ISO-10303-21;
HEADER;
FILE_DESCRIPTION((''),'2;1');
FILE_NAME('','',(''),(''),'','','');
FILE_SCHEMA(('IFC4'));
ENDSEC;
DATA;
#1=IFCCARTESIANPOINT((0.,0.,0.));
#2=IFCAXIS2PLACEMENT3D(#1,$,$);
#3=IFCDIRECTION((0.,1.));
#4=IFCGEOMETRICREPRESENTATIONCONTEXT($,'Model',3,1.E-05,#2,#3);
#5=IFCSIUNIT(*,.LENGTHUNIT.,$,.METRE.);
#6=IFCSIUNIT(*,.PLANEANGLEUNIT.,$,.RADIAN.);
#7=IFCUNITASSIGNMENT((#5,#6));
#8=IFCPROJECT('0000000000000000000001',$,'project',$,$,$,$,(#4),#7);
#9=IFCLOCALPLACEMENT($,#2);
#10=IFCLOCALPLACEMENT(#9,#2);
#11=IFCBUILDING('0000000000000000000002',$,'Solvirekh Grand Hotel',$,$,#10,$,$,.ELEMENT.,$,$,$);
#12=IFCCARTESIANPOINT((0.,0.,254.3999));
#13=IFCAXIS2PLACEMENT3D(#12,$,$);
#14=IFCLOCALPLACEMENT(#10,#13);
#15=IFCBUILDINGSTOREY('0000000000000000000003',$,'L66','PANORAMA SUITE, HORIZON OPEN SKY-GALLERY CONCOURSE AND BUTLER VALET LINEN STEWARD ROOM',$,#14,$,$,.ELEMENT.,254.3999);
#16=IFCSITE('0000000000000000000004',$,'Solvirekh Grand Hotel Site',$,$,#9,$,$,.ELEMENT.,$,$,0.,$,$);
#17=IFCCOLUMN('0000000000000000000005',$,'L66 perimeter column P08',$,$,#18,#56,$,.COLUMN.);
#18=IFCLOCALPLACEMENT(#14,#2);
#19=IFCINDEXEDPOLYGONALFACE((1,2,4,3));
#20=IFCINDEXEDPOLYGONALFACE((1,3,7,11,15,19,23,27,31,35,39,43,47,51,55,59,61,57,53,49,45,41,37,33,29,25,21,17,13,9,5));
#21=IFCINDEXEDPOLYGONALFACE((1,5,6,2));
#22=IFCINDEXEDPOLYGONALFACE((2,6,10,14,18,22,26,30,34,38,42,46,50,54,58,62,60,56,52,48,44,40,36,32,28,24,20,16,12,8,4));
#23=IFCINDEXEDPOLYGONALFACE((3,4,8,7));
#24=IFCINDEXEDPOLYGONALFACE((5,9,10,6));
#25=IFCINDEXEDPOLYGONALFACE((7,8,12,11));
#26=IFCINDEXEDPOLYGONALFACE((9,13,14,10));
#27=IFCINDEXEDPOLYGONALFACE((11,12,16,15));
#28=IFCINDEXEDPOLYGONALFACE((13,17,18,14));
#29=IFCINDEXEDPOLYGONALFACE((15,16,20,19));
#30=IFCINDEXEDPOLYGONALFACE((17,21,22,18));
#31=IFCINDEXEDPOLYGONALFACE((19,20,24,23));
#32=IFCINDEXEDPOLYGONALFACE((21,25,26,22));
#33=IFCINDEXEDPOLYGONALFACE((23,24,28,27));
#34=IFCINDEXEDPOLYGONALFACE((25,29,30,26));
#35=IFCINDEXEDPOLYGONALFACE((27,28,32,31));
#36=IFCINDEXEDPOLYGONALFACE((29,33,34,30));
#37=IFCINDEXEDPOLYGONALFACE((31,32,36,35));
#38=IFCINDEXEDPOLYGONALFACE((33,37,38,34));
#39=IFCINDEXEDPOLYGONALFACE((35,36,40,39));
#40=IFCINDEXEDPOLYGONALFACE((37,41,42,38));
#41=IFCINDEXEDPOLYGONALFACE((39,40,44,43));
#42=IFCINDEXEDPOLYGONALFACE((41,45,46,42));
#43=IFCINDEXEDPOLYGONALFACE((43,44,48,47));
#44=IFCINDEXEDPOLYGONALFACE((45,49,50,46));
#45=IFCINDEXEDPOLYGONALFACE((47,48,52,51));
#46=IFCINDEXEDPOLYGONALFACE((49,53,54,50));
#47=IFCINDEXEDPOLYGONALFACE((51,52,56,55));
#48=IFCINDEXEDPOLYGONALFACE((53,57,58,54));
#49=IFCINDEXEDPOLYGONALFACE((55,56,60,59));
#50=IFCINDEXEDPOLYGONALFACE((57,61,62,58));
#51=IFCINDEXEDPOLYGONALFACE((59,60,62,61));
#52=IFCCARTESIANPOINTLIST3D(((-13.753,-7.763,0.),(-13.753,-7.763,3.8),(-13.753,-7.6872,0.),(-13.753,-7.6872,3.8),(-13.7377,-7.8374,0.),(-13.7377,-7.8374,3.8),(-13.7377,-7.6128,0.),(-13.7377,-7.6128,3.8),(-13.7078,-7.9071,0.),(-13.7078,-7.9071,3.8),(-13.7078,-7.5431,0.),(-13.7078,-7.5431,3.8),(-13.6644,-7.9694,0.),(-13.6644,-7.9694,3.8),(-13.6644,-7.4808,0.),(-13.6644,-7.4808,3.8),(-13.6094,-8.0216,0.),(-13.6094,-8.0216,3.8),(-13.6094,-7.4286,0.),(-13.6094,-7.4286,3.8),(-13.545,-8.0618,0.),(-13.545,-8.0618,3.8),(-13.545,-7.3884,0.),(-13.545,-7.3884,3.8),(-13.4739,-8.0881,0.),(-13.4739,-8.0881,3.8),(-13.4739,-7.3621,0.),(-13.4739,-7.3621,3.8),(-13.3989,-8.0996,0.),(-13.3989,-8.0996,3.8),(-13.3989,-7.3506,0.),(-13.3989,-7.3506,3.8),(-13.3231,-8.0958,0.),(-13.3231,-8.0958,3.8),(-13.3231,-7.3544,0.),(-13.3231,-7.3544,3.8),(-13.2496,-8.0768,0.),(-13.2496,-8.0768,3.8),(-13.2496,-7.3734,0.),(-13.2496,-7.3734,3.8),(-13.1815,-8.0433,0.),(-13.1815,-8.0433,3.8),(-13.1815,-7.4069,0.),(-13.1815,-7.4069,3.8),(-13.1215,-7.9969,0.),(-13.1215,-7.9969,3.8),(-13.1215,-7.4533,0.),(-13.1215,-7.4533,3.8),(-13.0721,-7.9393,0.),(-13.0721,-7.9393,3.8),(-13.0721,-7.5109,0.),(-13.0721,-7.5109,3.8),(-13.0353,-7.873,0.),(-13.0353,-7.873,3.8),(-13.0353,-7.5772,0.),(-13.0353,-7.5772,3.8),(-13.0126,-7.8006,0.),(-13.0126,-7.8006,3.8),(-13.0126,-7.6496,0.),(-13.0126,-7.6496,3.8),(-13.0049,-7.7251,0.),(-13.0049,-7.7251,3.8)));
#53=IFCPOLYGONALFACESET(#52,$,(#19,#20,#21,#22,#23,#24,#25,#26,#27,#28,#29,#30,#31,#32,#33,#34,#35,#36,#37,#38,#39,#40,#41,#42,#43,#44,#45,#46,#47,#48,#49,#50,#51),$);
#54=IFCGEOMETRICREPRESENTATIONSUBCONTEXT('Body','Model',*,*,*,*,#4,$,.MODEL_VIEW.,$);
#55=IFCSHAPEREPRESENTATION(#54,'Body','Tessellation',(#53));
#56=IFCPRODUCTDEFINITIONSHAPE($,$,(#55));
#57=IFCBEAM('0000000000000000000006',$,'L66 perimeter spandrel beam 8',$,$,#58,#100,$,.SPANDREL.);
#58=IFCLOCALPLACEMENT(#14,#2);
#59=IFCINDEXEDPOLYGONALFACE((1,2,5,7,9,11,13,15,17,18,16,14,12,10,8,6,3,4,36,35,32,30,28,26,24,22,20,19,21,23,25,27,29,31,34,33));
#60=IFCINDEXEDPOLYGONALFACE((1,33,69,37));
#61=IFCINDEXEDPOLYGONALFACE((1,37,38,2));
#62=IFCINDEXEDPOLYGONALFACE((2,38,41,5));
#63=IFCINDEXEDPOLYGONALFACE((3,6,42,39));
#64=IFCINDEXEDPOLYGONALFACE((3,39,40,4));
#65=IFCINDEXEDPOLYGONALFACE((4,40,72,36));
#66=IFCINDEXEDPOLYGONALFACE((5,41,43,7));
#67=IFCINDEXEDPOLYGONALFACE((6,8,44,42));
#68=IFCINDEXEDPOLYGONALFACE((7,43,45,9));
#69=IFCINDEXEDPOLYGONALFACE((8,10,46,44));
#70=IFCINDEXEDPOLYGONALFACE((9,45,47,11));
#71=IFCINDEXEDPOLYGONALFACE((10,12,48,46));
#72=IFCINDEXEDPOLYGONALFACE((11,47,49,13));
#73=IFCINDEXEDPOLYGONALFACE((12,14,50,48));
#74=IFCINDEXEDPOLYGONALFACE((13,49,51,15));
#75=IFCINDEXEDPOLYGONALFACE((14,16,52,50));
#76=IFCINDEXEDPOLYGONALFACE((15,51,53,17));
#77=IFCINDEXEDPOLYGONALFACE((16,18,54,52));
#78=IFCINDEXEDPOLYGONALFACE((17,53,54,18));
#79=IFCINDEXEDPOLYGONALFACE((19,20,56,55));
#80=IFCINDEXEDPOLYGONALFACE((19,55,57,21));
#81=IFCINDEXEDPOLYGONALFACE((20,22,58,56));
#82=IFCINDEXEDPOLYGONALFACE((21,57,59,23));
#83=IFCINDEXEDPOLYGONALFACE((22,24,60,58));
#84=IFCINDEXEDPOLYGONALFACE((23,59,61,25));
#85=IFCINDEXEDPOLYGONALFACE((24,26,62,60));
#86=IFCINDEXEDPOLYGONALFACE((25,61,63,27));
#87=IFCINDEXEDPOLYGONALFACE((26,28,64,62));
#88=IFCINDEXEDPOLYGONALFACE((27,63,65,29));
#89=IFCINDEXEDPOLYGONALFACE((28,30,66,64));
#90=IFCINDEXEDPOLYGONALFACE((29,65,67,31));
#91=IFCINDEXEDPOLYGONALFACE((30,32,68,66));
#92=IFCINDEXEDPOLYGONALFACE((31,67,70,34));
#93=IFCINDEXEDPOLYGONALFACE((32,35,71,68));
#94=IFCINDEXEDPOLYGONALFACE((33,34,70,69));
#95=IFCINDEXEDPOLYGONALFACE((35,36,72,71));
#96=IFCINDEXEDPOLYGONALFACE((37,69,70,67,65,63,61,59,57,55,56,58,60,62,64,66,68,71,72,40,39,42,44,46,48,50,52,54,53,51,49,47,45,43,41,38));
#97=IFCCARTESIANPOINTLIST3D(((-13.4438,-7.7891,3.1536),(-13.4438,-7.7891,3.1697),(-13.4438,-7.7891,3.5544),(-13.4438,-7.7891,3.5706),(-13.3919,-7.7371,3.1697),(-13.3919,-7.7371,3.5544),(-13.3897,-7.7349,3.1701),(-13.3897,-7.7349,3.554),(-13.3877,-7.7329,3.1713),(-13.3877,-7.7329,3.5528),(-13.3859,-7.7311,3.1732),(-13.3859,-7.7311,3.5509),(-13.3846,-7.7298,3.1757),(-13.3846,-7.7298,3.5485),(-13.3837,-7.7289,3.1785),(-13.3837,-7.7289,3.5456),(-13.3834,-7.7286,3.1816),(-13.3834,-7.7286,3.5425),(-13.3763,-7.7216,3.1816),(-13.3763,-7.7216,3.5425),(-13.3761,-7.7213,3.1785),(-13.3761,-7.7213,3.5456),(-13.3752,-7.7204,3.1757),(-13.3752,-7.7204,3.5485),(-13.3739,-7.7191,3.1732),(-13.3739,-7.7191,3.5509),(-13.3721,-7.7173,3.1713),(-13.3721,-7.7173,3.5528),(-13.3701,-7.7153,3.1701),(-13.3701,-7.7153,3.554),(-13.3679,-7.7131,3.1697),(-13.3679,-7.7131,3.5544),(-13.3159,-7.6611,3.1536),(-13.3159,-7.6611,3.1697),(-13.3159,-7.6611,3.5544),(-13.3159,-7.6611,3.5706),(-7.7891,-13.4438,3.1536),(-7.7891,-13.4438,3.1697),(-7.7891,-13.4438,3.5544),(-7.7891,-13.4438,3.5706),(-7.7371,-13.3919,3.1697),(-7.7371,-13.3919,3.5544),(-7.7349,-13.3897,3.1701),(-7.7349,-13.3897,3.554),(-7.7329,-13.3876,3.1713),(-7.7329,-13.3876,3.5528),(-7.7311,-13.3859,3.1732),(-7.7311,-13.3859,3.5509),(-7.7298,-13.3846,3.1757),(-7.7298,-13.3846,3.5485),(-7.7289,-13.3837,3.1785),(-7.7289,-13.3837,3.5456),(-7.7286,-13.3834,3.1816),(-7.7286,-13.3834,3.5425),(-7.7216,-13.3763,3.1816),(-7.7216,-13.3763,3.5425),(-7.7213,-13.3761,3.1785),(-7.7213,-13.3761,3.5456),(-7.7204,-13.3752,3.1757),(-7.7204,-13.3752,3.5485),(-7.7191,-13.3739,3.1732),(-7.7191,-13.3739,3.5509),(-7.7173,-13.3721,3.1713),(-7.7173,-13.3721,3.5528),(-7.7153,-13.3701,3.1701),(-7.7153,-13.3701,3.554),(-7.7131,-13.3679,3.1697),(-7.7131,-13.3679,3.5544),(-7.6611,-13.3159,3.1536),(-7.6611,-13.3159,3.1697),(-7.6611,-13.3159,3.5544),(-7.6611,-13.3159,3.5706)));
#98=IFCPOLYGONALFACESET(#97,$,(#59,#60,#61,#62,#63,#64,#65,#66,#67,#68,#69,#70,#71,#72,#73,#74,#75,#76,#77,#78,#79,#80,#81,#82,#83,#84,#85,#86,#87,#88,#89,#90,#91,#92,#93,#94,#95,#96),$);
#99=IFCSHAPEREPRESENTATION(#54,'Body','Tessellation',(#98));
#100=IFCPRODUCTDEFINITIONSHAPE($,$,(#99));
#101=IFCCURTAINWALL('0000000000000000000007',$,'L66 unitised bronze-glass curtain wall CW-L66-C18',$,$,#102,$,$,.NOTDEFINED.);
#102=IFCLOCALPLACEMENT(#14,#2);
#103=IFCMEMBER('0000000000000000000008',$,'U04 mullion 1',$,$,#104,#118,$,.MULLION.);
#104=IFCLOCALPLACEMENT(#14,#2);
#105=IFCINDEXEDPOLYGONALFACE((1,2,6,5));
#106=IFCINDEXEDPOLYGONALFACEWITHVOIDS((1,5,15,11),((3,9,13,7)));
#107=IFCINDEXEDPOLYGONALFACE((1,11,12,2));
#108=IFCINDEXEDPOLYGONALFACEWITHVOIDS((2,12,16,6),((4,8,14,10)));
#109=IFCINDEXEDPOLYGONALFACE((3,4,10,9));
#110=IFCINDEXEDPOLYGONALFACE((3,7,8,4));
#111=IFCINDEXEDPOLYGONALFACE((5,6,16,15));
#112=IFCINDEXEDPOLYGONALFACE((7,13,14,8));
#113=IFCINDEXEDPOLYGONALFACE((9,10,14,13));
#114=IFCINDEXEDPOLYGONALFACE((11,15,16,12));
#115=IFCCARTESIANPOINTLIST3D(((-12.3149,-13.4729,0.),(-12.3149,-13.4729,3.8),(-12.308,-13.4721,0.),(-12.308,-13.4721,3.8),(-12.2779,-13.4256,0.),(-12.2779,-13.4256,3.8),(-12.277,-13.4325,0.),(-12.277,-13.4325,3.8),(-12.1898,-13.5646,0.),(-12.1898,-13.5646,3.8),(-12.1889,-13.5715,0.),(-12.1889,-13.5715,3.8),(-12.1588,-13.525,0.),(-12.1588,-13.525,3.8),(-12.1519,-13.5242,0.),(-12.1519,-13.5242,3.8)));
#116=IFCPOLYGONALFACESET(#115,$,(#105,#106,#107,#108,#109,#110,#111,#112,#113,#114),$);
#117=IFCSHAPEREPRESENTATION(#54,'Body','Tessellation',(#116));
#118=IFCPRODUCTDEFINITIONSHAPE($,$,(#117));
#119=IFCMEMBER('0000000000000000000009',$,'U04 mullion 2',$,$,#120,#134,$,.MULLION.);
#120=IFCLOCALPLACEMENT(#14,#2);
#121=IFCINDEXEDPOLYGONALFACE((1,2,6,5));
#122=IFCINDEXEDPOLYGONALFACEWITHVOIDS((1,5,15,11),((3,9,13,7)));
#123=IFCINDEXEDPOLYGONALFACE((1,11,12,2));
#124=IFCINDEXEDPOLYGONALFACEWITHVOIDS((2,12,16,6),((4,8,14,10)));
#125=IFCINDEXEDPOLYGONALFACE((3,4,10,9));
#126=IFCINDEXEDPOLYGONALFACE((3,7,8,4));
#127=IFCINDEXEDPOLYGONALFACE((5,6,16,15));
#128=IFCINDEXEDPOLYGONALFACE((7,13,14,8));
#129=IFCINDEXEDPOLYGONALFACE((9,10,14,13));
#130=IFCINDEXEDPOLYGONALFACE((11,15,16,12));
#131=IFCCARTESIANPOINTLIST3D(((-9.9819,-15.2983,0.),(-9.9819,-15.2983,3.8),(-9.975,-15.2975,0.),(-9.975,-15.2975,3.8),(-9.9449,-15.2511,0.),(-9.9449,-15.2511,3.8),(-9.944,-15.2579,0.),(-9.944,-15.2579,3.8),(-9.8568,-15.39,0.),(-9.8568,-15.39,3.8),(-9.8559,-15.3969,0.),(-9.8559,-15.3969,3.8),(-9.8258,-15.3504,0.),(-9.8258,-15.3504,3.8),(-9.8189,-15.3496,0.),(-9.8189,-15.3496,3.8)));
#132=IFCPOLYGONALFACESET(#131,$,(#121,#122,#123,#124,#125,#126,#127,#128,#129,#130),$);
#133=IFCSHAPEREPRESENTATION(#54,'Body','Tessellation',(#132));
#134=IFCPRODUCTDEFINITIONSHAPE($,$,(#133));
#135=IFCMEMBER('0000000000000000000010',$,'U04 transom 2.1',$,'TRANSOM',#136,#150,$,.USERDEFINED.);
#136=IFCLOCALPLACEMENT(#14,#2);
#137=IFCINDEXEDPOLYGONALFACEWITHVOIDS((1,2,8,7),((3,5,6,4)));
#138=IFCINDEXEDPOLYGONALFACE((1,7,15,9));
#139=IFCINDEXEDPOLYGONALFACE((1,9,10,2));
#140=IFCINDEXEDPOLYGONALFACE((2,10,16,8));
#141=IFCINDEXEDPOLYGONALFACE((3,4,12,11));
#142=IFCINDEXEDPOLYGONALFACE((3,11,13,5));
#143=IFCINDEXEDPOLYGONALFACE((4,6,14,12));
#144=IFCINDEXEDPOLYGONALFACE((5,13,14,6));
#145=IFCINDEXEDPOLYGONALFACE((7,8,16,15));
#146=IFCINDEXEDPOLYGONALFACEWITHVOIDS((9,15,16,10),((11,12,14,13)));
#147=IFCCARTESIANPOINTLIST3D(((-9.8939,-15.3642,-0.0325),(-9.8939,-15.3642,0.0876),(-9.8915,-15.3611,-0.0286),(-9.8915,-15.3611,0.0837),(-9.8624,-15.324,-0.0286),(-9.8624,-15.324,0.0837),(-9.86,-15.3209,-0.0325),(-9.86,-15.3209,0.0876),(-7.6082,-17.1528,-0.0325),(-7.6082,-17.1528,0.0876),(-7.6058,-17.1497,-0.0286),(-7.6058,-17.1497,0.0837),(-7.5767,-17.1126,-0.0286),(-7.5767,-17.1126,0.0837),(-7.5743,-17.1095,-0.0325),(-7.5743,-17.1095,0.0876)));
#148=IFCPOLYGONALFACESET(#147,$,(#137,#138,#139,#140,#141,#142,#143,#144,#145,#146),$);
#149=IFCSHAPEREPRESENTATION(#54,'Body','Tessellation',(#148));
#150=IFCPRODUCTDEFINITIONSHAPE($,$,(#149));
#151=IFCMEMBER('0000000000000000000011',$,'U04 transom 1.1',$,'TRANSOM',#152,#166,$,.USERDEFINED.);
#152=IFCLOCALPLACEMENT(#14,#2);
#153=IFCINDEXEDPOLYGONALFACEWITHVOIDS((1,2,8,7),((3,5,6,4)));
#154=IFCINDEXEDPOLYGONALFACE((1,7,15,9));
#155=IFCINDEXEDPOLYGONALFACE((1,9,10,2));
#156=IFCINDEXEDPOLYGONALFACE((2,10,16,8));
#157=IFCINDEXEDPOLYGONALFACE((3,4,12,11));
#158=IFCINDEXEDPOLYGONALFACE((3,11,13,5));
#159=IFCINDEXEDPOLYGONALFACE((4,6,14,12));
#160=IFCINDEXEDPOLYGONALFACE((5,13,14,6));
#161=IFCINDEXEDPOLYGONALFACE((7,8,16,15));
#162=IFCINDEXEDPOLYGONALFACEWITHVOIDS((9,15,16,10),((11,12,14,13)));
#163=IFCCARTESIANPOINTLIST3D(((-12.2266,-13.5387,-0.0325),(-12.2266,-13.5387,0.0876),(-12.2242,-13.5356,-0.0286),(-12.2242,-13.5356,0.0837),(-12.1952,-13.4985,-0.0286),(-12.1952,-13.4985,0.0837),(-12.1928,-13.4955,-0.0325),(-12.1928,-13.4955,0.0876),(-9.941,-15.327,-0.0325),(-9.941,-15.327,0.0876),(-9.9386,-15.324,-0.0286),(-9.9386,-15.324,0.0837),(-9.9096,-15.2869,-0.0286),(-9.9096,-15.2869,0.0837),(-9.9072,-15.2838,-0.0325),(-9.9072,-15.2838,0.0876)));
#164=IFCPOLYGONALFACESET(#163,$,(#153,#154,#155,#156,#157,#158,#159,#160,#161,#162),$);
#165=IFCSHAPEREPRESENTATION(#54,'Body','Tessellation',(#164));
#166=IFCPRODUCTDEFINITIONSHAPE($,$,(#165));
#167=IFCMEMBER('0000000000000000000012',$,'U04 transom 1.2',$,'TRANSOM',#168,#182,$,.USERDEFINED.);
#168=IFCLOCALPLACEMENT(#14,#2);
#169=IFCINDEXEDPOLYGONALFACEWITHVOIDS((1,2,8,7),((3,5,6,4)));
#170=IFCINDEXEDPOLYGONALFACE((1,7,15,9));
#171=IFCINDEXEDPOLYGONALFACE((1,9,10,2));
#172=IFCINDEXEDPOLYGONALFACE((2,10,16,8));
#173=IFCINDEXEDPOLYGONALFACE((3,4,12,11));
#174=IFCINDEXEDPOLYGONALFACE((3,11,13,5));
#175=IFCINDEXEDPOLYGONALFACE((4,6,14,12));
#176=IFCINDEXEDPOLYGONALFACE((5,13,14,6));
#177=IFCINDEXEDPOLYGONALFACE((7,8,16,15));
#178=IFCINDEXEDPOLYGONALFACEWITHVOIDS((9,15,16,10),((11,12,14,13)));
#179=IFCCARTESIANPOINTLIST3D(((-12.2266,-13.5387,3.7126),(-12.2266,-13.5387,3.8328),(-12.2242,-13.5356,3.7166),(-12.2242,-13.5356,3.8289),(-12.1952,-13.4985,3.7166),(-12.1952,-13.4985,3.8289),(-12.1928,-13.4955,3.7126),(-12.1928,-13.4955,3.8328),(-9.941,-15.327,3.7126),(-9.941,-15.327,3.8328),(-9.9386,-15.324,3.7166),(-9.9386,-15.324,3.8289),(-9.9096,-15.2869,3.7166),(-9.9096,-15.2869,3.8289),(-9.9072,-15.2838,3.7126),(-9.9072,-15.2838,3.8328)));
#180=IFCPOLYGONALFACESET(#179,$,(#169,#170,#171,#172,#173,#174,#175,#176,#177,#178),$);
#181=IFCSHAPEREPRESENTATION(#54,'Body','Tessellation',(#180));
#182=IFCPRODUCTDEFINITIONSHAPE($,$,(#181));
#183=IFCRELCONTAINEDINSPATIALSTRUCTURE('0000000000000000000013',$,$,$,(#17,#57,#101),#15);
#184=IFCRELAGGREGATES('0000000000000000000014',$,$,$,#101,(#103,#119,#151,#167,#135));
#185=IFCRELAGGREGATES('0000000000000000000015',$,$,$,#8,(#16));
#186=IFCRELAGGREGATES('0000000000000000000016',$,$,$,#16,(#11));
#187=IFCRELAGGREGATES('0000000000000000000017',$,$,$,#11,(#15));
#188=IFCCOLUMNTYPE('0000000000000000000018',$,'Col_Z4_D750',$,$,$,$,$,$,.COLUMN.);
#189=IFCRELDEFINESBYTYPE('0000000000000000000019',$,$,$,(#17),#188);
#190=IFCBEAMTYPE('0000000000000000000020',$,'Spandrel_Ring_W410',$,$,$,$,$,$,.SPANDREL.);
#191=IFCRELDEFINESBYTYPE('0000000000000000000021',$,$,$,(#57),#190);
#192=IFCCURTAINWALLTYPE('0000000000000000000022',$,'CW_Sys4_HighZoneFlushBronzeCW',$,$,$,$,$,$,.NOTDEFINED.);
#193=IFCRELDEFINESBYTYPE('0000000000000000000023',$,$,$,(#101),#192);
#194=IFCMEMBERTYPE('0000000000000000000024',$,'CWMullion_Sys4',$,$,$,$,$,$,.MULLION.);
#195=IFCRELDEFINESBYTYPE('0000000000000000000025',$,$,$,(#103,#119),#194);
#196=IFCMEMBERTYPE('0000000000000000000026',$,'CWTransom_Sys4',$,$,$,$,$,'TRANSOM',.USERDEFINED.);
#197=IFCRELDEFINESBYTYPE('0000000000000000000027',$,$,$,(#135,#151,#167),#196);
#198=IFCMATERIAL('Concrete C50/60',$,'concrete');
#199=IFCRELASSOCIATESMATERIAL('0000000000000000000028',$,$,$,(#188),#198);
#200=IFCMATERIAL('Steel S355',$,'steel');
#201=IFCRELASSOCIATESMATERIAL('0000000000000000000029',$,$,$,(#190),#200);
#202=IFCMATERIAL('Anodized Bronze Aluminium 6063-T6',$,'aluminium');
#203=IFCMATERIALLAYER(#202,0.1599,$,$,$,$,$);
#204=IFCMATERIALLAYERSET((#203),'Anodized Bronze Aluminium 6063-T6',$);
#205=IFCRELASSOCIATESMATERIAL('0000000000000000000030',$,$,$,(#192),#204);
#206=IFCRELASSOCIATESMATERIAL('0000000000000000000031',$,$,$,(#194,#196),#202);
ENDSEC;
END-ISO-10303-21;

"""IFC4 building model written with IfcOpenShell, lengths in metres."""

from ifc_helpers import new_model, si_unit, direction, frame, origin, origin_2d, place, context, subcontext, project, spatial, hollow_rectangle, circle, i_section, extrude, source, transform, mapped, material, layer, layer_set, material_profile, profile_set, type_object, element, aggregate, save


model = new_model("IFC4")

# Units and contexts
model_context = context("Model", 3, precision=1e-05, world=origin(), true_north=direction((0.0, 1.0)))
body_context = subcontext(model_context, "Body", "Model", "MODEL_VIEW")
ifc_project = project(units=[si_unit("LENGTHUNIT", "METRE"), si_unit("PLANEANGLEUNIT", "RADIAN")], contexts=[model_context])

# Site, building, storey
site_placement = place(None, origin())
site = spatial("IfcSite", under=ifc_project, at=site_placement, Name="Solvirekh Grand Hotel Site", CompositionType="ELEMENT", RefElevation=0.0)
building_placement = place(site_placement, origin())
building = spatial("IfcBuilding", under=site, at=building_placement, Name="Solvirekh Grand Hotel", CompositionType="ELEMENT")
storey_placement = place(building_placement, frame((0.0, 0.0, 254.3999)))
storey = spatial("IfcBuildingStorey", under=building, at=storey_placement, Name="L66", Description="PANORAMA SUITE, HORIZON OPEN SKY-GALLERY CONCOURSE AND BUTLER VALET LINEN STEWARD ROOM", CompositionType="ELEMENT", Elevation=254.3999)

# Column
ifc_material_1 = material(Name="Concrete C50/60", Category="concrete")
ifc_material_profile_1 = material_profile(ifc_material_1, circle(Radius=0.375, at=origin_2d()), Name="RC CIRC D750")
ifc_profile_set_1 = profile_set([ifc_material_profile_1], Name="Concrete C50/60")
column_type = type_object("IfcColumnType", Name="Col_Z4_D750", PredefinedType="COLUMN", material=ifc_profile_set_1)
column_placement = place(storey_placement, frame((-13.3799, -7.7251, 0.0), z_axis=(0.0, 0.0, 1.0), x_axis=(1.0, 0.0, 0.0)))
element("IfcColumn", 1, at=column_placement, inside=storey, type_object=column_type, Name="L66 perimeter column P08", PredefinedType="COLUMN", context=body_context, shape_type="SweptSolid", body=[
    extrude(circle(Radius=0.375, at=origin_2d()), origin(), (0.0, 0.0, 1.0), 3.8),
])

# Beam
ifc_material_2 = material(Name="Steel S355", Category="steel")
ifc_material_profile_2 = material_profile(ifc_material_2, i_section(OverallWidth=0.1809, OverallDepth=0.417, WebThickness=0.01, FlangeThickness=0.0161, FilletRadius=0.012, at=origin_2d()), Name="W410X85")
ifc_profile_set_2 = profile_set([ifc_material_profile_2], Name="Steel S355")
beam_type = type_object("IfcBeamType", Name="Spandrel_Ring_W410", PredefinedType="SPANDREL", material=ifc_profile_set_2)
beam_placement = place(storey_placement, frame((-13.3799, -7.7251, 3.3621), z_axis=(0.707107, -0.707107, 0.0), x_axis=(0.707107, 0.707107, 0.0)))
element("IfcBeam", 2, at=beam_placement, inside=storey, type_object=beam_type, Name="L66 perimeter spandrel beam 8", PredefinedType="SPANDREL", context=body_context, shape_type="SweptSolid", body=[
    extrude(i_section(OverallWidth=0.1809, OverallDepth=0.417, WebThickness=0.01, FlangeThickness=0.0161, FilletRadius=0.012, at=origin_2d()), origin(), (0.0, 0.0, 1.0), 7.9971),
])

# Curtain wall, members
ifc_material_3 = material(Name="Anodized Bronze Aluminium 6063-T6", Category="aluminium")
ifc_layer_1 = layer(ifc_material_3, 0.1599)
ifc_layer_set_1 = layer_set([ifc_layer_1], Name="Anodized Bronze Aluminium 6063-T6")
curtain_wall_type = type_object("IfcCurtainWallType", Name="CW_Sys4_HighZoneFlushBronzeCW", PredefinedType="NOTDEFINED", material=ifc_layer_set_1)
curtain_wall_placement = place(storey_placement, origin())
curtain_wall = element("IfcCurtainWall", 3, at=curtain_wall_placement, inside=storey, type_object=curtain_wall_type, Name="L66 unitised bronze-glass curtain wall CW-L66-C18", PredefinedType="NOTDEFINED")
ifc_material_profile_3 = material_profile(ifc_material_3, hollow_rectangle(XDim=0.0601, YDim=0.1599, WallThickness=0.0049, at=origin_2d()), Name="ALU RHS 160X60X5")
ifc_profile_set_3 = profile_set([ifc_material_profile_3], Name="Anodized Bronze Aluminium 6063-T6")
member_type_1 = type_object("IfcMemberType", Name="CWMullion_Sys4", PredefinedType="MULLION", material=ifc_profile_set_3)
shared_shape_1 = source(origin(), body_context, "Body", "SweptSolid", [
    extrude(hollow_rectangle(XDim=0.0601, YDim=0.1599, WallThickness=0.0049, at=origin_2d()), origin(), (0.0, 0.0, 1.0), 3.8),
])
member_1_placement = place(storey_placement, frame((-12.2334, -13.4985, 0.0), z_axis=(0.0, 0.0, 1.0), x_axis=(0.616263, 0.78754, 0.0)))
member_1 = element("IfcMember", 4, at=member_1_placement, type_object=member_type_1, Name="U04 mullion 1", PredefinedType="MULLION", context=body_context, shape_type="MappedRepresentation", body=[
    mapped(shared_shape_1, transform((0.0, 0.0, 0.0), x_axis=(1.0, 0.0, 0.0), y_axis=(0.0, 1.0, 0.0), z_axis=(0.0, 0.0, 1.0), scale=1.0)),
])
member_2_placement = place(storey_placement, frame((-9.9004, -15.324, 0.0), z_axis=(0.0, 0.0, 1.0), x_axis=(0.616263, 0.78754, 0.0)))
member_2 = element("IfcMember", 5, at=member_2_placement, type_object=member_type_1, Name="U04 mullion 2", PredefinedType="MULLION", context=body_context, shape_type="MappedRepresentation", body=[
    mapped(shared_shape_1, transform((0.0, 0.0, 0.0), x_axis=(1.0, 0.0, 0.0), y_axis=(0.0, 1.0, 0.0), z_axis=(0.0, 0.0, 1.0), scale=1.0)),
])
ifc_material_profile_4 = material_profile(ifc_material_3, hollow_rectangle(XDim=0.0549, YDim=0.1201, WallThickness=0.0039, at=origin_2d()), Name="ALU RHS 120X55X4")
ifc_profile_set_4 = profile_set([ifc_material_profile_4], Name="Anodized Bronze Aluminium 6063-T6")
member_type_2 = type_object("IfcMemberType", Name="CWTransom_Sys4", ElementType="TRANSOM", PredefinedType="USERDEFINED", material=ifc_profile_set_4)
shared_shape_2 = source(origin(), body_context, "Body", "SweptSolid", [
    extrude(hollow_rectangle(XDim=0.0549, YDim=0.1201, WallThickness=0.0039, at=origin_2d()), origin(), (0.0, 0.0, 1.0), 2.9023),
])
member_3_placement = place(storey_placement, frame((-9.877, -15.3425, 0.0276), z_axis=(0.787537, -0.616267, 0.0), x_axis=(0.616267, 0.787537, 0.0)))
member_3 = element("IfcMember", 6, at=member_3_placement, type_object=member_type_2, Name="U04 transom 2.1", ObjectType="TRANSOM", PredefinedType="USERDEFINED", context=body_context, shape_type="MappedRepresentation", body=[
    mapped(shared_shape_2, transform((0.0, 0.0, 0.0), x_axis=(1.0, 0.0, 0.0), y_axis=(0.0, 1.0, 0.0), z_axis=(0.0, 0.0, 1.0), scale=1.0)),
])
shared_shape_3 = source(origin(), body_context, "Body", "SweptSolid", [
    extrude(hollow_rectangle(XDim=0.0549, YDim=0.1201, WallThickness=0.0039, at=origin_2d()), origin(), (0.0, 0.0, 1.0), 2.9021),
])
member_4_placement = place(storey_placement, frame((-12.2097, -13.5171, 0.0276), z_axis=(0.787578, -0.616215, 0.0), x_axis=(0.616215, 0.787578, 0.0)))
member_4 = element("IfcMember", 7, at=member_4_placement, type_object=member_type_2, Name="U04 transom 1.1", ObjectType="TRANSOM", PredefinedType="USERDEFINED", context=body_context, shape_type="MappedRepresentation", body=[
    mapped(shared_shape_3, transform((0.0, 0.0, 0.0), x_axis=(1.0, 0.0, 0.0), y_axis=(0.0, 1.0, 0.0), z_axis=(0.0, 0.0, 1.0), scale=1.0)),
])
member_5_placement = place(storey_placement, frame((-12.2097, -13.5171, 3.7727), z_axis=(0.787578, -0.616215, 0.0), x_axis=(0.616215, 0.787578, 0.0)))
member_5 = element("IfcMember", 8, at=member_5_placement, type_object=member_type_2, Name="U04 transom 1.2", ObjectType="TRANSOM", PredefinedType="USERDEFINED", context=body_context, shape_type="MappedRepresentation", body=[
    mapped(shared_shape_3, transform((0.0, 0.0, 0.0), x_axis=(1.0, 0.0, 0.0), y_axis=(0.0, 1.0, 0.0), z_axis=(0.0, 0.0, 1.0), scale=1.0)),
])
aggregate(curtain_wall, [member_1, member_2, member_4, member_5, member_3])

save(model, "model.ifc")
